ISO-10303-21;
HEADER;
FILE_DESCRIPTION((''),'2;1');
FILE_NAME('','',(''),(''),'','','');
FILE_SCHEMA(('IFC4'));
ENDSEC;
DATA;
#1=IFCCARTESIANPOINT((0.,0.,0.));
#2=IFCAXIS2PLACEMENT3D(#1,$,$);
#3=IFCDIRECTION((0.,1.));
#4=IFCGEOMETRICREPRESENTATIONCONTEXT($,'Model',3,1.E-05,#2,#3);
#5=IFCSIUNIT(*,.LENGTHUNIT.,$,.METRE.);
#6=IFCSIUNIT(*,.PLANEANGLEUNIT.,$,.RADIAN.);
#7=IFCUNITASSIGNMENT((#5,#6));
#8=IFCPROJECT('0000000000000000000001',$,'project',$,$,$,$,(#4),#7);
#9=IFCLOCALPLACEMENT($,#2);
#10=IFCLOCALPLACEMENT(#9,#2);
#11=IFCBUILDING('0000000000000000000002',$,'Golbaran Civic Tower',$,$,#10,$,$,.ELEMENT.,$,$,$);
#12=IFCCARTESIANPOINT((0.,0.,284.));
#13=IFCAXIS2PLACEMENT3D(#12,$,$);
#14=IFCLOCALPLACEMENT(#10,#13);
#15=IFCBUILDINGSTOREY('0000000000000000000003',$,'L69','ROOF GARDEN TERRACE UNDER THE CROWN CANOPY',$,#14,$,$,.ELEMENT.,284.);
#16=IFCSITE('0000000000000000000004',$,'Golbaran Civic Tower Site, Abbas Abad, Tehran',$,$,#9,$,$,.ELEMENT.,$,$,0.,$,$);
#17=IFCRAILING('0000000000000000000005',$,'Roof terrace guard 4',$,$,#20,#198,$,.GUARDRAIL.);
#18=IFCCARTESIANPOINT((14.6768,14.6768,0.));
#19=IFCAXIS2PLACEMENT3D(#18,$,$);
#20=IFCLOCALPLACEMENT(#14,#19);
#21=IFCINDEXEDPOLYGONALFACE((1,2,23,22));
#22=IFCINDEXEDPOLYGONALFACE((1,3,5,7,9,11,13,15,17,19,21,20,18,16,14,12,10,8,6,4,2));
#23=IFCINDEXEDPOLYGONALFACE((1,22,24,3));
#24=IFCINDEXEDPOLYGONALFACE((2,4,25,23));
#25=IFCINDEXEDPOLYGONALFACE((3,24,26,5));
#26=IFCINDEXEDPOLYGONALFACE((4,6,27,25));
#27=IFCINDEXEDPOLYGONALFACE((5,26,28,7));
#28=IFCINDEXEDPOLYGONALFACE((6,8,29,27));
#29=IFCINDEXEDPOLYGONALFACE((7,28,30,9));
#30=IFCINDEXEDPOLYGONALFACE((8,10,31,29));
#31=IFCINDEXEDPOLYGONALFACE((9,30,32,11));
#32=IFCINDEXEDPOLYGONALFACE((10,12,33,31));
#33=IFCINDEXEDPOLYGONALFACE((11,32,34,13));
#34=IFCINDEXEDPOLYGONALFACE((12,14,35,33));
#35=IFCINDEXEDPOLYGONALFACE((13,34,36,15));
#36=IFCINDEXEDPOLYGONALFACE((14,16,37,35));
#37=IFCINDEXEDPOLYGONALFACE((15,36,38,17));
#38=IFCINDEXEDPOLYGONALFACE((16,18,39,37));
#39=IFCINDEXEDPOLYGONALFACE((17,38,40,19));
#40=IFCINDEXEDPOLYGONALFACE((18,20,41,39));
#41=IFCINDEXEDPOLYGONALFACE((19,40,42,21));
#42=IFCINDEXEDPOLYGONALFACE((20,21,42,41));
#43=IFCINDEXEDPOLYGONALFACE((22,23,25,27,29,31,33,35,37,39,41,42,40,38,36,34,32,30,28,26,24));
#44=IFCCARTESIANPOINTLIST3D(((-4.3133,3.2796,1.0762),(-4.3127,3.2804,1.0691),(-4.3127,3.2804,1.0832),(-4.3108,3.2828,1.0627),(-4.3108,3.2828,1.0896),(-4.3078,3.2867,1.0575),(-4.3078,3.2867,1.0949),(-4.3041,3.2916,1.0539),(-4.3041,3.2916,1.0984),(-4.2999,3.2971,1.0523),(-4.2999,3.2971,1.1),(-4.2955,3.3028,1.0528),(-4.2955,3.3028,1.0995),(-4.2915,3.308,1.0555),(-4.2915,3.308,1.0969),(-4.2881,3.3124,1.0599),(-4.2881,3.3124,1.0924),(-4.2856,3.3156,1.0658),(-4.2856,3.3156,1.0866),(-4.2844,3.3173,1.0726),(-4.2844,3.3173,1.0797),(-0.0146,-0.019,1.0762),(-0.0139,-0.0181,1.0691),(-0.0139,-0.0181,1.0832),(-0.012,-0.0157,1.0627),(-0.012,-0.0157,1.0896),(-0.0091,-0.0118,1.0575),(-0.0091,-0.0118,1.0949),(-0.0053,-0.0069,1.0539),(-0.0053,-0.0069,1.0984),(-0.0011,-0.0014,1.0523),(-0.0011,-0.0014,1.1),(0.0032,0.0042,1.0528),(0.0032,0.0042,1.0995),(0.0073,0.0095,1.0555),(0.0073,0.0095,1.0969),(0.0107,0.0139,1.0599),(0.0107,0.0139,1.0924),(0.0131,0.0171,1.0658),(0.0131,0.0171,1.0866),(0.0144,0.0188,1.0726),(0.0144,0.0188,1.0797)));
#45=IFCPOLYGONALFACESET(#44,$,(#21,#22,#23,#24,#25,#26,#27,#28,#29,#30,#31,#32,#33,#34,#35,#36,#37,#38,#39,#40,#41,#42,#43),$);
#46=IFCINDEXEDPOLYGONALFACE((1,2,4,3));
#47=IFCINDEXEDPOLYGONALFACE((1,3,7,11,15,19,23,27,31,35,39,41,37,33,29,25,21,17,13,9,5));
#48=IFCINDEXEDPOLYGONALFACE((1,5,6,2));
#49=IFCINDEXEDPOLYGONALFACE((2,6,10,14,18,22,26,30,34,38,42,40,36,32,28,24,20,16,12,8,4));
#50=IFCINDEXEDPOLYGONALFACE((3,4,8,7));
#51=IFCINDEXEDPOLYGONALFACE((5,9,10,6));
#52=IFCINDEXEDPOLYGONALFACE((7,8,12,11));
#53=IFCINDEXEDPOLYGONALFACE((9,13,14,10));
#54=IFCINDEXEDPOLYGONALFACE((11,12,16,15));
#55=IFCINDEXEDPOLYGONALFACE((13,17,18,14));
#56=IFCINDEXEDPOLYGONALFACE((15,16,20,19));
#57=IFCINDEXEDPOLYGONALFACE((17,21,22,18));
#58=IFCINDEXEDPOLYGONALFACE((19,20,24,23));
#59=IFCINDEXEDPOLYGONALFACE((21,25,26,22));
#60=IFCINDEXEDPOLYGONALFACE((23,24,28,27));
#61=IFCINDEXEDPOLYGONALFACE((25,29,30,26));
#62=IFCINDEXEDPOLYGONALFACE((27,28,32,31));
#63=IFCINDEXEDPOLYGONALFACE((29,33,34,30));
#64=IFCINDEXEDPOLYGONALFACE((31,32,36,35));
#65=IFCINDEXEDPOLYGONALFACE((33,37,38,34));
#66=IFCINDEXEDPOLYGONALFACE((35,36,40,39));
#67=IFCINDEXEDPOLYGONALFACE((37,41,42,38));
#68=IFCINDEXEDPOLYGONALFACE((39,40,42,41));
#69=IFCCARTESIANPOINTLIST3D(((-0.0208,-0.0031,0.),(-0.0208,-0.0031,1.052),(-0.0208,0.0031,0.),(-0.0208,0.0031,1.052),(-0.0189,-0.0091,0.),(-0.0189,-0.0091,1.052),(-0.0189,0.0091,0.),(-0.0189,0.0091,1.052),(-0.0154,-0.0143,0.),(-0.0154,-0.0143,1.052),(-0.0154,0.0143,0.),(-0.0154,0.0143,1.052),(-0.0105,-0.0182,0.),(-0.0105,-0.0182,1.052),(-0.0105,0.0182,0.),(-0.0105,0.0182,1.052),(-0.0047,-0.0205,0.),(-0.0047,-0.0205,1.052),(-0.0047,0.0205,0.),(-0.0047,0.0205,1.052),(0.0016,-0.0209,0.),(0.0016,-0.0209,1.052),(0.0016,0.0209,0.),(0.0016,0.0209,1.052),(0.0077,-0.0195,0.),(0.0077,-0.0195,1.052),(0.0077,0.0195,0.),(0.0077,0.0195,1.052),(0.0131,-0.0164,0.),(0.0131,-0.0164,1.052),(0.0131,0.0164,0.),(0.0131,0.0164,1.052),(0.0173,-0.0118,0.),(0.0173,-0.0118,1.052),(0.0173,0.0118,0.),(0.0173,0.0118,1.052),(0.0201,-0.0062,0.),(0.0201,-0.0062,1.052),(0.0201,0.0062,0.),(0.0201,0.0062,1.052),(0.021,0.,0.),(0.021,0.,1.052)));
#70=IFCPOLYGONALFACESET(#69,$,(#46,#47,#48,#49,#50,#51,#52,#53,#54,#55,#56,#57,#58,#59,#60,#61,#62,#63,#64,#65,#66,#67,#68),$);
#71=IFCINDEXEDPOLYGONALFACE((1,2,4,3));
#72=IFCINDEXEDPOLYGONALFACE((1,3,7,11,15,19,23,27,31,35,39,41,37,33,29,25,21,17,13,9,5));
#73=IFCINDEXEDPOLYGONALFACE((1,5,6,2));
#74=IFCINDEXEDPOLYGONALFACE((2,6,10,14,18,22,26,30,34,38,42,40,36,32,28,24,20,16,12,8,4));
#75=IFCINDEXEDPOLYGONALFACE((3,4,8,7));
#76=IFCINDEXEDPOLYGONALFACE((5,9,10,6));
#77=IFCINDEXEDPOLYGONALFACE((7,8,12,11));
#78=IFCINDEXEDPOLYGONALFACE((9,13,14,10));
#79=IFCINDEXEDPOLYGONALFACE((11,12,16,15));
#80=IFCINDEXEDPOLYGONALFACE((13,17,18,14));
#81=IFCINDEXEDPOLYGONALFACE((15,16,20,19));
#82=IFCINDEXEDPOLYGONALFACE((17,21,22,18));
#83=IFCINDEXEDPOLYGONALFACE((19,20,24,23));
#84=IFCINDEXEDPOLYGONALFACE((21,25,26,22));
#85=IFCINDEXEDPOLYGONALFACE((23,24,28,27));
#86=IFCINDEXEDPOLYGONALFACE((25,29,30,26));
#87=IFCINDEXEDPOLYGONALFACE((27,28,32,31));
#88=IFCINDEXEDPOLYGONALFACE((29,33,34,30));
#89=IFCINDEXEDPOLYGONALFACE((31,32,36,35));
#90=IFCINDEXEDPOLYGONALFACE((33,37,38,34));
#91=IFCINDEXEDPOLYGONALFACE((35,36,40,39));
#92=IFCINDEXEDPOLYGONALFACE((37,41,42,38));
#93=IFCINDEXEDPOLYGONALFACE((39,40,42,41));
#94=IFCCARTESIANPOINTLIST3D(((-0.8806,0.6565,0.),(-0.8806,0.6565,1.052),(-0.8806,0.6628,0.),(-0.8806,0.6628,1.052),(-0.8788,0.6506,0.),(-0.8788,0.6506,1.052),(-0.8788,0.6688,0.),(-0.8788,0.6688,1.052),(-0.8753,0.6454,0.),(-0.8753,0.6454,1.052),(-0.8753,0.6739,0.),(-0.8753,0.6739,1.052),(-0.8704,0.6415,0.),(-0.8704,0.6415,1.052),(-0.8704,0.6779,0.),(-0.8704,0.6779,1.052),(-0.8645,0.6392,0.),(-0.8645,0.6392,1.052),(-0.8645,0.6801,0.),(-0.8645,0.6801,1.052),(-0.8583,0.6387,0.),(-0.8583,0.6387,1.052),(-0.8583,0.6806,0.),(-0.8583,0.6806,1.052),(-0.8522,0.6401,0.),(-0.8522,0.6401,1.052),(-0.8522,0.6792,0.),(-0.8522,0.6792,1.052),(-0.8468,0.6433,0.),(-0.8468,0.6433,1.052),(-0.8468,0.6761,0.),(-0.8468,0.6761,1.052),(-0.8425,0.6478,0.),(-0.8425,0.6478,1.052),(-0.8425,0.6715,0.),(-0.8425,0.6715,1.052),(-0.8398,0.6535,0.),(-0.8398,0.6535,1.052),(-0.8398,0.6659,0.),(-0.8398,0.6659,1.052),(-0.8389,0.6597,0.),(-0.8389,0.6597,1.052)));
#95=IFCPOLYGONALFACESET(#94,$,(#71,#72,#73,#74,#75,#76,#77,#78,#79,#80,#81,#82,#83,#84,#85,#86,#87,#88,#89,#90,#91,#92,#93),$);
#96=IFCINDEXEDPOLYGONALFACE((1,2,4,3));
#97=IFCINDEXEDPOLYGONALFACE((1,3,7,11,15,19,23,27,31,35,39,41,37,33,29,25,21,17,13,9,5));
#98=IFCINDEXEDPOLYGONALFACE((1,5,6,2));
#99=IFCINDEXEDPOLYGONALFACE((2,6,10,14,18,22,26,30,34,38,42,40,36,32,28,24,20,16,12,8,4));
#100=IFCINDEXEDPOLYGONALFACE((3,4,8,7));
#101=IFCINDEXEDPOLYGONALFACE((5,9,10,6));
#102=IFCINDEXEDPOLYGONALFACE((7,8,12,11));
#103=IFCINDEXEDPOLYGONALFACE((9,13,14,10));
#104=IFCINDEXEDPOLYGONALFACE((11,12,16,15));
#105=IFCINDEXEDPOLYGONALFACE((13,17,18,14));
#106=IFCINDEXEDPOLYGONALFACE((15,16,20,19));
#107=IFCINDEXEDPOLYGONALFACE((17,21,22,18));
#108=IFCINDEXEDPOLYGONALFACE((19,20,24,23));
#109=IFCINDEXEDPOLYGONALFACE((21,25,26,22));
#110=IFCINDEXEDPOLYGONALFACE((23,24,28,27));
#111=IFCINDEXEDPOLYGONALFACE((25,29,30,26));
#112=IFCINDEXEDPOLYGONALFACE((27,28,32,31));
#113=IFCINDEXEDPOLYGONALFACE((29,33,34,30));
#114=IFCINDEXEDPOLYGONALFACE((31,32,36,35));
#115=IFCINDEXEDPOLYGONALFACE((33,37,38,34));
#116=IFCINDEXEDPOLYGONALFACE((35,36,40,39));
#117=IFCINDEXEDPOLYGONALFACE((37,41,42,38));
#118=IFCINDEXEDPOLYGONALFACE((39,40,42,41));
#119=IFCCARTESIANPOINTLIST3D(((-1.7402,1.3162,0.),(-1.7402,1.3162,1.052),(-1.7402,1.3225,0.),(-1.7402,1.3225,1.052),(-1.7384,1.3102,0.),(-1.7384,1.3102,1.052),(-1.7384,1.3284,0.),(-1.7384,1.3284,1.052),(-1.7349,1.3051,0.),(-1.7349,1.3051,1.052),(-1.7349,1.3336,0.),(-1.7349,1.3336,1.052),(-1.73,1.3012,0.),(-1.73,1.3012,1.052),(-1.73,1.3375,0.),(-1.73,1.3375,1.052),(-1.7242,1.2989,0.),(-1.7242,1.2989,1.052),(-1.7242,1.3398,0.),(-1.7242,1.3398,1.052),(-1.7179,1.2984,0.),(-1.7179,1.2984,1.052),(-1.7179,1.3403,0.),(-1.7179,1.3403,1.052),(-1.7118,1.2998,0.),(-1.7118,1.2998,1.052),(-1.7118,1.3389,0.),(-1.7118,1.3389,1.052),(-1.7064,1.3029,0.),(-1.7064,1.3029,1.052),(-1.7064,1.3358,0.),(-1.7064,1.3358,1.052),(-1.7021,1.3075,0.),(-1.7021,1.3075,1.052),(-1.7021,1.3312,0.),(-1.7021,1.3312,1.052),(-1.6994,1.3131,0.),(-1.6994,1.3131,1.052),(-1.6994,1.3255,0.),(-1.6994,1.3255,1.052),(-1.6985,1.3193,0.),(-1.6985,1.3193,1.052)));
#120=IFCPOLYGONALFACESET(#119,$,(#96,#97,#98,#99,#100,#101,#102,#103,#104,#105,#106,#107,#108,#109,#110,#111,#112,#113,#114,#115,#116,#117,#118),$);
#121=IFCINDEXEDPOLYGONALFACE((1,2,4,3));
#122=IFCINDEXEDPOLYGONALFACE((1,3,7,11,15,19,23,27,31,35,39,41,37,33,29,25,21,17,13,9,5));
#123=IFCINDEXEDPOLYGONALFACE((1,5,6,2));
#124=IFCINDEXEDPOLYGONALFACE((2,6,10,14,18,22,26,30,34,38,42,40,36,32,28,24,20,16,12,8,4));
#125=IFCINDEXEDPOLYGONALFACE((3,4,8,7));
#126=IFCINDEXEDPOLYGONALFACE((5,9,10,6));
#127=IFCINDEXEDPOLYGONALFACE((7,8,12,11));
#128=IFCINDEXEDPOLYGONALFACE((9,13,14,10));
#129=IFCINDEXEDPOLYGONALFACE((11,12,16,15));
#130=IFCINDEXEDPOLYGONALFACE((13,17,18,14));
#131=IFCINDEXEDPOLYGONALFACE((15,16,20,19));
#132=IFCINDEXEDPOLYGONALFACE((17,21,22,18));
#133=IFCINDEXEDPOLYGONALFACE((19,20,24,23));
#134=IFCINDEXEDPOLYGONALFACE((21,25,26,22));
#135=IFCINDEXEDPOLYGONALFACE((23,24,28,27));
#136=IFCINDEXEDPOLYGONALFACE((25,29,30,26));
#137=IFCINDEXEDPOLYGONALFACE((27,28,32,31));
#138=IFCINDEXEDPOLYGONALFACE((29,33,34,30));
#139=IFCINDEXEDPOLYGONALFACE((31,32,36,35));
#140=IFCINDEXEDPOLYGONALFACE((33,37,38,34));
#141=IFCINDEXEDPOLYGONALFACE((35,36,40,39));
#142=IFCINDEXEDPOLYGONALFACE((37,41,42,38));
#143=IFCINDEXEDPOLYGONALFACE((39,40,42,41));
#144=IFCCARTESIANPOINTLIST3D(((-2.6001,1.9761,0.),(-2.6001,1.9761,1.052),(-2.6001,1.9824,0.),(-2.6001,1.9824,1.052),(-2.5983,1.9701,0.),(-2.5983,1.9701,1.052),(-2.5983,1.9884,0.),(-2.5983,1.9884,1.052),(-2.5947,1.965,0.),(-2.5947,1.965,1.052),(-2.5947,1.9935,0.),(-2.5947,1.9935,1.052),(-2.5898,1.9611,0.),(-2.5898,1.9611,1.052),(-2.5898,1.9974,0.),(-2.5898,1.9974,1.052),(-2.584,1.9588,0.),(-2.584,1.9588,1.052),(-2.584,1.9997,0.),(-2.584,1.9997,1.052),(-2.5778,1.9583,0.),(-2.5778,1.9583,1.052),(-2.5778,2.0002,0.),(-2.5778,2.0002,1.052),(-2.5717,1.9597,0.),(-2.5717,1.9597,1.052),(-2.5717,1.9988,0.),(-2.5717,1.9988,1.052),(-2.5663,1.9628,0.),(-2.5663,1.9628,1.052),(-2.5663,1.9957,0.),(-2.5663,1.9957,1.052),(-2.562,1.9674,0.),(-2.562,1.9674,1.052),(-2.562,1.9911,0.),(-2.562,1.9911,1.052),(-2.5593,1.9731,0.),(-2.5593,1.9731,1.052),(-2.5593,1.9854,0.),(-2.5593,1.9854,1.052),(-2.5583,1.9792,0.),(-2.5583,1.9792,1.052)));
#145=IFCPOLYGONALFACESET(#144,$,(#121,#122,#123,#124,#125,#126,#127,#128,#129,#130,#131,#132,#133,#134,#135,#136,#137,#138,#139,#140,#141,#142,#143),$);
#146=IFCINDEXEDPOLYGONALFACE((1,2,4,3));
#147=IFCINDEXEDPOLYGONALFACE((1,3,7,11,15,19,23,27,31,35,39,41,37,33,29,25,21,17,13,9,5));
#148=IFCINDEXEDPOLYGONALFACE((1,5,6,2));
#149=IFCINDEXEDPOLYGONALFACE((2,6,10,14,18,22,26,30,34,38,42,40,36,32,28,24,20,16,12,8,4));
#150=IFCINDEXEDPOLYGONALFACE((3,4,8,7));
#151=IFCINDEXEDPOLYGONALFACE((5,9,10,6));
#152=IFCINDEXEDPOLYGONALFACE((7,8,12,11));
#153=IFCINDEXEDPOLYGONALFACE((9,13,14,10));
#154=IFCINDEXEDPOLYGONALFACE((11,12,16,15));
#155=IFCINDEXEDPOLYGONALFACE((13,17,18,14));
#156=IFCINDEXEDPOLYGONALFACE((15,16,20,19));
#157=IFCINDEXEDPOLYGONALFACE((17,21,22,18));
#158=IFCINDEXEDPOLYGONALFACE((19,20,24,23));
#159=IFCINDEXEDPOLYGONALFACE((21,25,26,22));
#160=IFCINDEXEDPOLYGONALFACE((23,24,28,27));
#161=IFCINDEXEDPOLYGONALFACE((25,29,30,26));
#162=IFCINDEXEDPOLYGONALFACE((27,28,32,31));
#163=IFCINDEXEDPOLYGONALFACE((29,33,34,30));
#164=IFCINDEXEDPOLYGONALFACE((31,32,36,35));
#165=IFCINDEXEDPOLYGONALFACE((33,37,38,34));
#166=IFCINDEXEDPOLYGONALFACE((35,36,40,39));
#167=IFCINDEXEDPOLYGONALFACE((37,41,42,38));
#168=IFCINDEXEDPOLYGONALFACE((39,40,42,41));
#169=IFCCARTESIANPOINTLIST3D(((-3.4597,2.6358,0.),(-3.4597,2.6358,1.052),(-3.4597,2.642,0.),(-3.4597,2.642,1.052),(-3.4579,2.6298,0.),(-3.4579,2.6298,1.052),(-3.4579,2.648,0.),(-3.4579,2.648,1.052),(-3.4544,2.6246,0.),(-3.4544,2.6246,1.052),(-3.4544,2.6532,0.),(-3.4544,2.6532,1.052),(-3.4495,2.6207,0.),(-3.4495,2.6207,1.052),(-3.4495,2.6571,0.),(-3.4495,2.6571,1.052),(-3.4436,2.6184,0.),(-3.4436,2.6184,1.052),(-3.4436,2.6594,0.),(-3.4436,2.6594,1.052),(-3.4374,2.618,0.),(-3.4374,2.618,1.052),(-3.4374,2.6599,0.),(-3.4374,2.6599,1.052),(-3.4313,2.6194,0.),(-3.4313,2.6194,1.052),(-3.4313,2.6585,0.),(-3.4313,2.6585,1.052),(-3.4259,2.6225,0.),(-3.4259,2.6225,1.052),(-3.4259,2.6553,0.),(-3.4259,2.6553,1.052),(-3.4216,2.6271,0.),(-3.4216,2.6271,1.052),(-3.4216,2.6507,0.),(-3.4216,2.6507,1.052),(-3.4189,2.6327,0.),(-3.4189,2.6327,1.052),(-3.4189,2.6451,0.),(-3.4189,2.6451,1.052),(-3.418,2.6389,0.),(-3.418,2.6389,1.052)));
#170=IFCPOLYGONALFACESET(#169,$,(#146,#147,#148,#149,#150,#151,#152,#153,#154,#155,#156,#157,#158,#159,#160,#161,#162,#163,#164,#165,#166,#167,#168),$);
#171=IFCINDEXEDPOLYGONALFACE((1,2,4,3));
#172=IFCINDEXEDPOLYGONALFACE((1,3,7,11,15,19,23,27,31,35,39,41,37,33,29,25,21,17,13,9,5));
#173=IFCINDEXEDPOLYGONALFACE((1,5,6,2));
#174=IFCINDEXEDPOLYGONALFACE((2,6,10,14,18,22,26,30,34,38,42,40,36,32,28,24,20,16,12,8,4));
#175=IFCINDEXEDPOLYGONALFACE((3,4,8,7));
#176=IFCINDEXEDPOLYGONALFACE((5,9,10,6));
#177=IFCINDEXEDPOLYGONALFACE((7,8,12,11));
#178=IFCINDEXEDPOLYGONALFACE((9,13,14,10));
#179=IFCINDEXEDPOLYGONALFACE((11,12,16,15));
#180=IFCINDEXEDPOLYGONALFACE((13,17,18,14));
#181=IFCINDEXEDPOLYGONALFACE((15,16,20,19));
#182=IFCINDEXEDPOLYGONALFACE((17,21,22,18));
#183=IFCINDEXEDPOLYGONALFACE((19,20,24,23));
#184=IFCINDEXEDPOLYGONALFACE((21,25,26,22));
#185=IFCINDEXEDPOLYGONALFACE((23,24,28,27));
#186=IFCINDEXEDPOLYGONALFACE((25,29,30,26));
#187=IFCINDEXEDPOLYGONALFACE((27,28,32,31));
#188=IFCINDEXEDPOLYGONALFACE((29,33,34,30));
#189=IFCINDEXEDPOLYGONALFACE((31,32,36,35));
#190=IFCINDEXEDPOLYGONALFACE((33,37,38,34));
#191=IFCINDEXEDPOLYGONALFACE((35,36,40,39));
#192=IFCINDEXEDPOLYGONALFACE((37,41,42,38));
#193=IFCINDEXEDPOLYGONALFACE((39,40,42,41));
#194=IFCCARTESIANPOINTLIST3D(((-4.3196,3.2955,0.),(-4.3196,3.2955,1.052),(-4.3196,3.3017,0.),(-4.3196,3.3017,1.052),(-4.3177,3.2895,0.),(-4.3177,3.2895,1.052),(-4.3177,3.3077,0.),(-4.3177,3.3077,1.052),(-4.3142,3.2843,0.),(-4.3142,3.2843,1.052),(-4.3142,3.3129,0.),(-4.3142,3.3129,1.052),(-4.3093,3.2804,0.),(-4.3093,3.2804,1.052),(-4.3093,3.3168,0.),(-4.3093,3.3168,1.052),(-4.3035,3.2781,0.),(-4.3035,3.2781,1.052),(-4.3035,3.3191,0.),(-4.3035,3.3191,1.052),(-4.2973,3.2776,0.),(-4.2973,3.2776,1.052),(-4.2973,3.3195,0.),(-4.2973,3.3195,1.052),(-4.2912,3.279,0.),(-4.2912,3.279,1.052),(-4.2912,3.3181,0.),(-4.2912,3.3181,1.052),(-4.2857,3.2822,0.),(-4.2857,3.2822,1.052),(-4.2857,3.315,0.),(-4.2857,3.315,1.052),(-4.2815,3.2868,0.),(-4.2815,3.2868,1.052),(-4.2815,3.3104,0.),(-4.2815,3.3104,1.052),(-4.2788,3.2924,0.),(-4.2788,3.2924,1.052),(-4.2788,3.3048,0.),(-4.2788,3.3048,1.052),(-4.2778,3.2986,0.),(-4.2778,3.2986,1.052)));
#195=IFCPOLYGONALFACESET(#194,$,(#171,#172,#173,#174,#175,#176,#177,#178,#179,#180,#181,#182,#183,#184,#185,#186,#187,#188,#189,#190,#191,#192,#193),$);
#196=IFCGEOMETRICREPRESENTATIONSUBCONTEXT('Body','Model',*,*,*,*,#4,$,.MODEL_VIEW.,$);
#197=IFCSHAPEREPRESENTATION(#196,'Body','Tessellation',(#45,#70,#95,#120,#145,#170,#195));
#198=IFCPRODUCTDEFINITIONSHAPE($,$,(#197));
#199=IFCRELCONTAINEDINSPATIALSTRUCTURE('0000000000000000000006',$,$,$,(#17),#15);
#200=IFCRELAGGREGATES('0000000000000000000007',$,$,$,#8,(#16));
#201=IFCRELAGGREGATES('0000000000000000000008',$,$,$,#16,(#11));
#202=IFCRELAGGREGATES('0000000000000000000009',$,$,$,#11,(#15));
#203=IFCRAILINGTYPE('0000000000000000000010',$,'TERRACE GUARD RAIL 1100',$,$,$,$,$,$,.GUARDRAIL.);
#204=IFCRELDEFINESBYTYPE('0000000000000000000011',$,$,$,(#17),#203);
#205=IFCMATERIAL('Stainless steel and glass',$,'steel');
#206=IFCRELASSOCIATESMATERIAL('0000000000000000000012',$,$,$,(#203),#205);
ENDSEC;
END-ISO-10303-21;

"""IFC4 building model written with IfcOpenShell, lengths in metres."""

from ifc_helpers import new_model, si_unit, direction, frame, origin, origin_2d, place, context, subcontext, project, spatial, circle, extrude, material, type_object, element, save


model = new_model("IFC4")

# Units and contexts
model_context = context("Model", 3, precision=1e-05, world=origin(), true_north=direction((0.0, 1.0)))
body_context = subcontext(model_context, "Body", "Model", "MODEL_VIEW")
ifc_project = project(units=[si_unit("LENGTHUNIT", "METRE"), si_unit("PLANEANGLEUNIT", "RADIAN")], contexts=[model_context])

# Site, building, storey
site_placement = place(None, origin())
site = spatial("IfcSite", under=ifc_project, at=site_placement, Name="Golbaran Civic Tower Site, Abbas Abad, Tehran", CompositionType="ELEMENT", RefElevation=0.0)
building_placement = place(site_placement, origin())
building = spatial("IfcBuilding", under=site, at=building_placement, Name="Golbaran Civic Tower", CompositionType="ELEMENT")
storey_placement = place(building_placement, frame((0.0, 0.0, 284.0)))
storey = spatial("IfcBuildingStorey", under=building, at=storey_placement, Name="L69", Description="ROOF GARDEN TERRACE UNDER THE CROWN CANOPY", CompositionType="ELEMENT", Elevation=284.0)

# Railing
ifc_material_1 = material(Name="Stainless steel and glass", Category="steel")
railing_type = type_object("IfcRailingType", Name="TERRACE GUARD RAIL 1100", PredefinedType="GUARDRAIL", material=ifc_material_1)
railing_1_placement = place(storey_placement, frame((14.6768, 14.6768, 0.0)))
element("IfcRailing", 1, at=railing_1_placement, inside=storey, type_object=railing_type, Name="Roof terrace guard 4", PredefinedType="GUARDRAIL", context=body_context, shape_type="SweptSolid", body=[
    extrude(circle(Radius=0.0239, at=origin_2d()), frame((0.0, 0.0, 1.0762), z_axis=(-0.793355, 0.608759, 0.0), x_axis=(-0.608759, -0.793355, 0.0)), (0.0, 0.0, 1.0), 5.4185),
    extrude(circle(Radius=0.021, at=origin_2d()), origin(), (0.0, 0.0, 1.0), 1.052),
    extrude(circle(Radius=0.021, at=origin_2d()), frame((-0.8599, 0.6597, 0.0)), (0.0, 0.0, 1.0), 1.052),
    extrude(circle(Radius=0.021, at=origin_2d()), frame((-1.7195, 1.3193, 0.0)), (0.0, 0.0, 1.0), 1.052),
    extrude(circle(Radius=0.021, at=origin_2d()), frame((-2.5793, 1.9792, 0.0)), (0.0, 0.0, 1.0), 1.052),
    extrude(circle(Radius=0.021, at=origin_2d()), frame((-3.439, 2.6389, 0.0)), (0.0, 0.0, 1.0), 1.052),
    extrude(circle(Radius=0.021, at=origin_2d()), frame((-4.2988, 3.2986, 0.0)), (0.0, 0.0, 1.0), 1.052),
])

save(model, "model.ifc")
